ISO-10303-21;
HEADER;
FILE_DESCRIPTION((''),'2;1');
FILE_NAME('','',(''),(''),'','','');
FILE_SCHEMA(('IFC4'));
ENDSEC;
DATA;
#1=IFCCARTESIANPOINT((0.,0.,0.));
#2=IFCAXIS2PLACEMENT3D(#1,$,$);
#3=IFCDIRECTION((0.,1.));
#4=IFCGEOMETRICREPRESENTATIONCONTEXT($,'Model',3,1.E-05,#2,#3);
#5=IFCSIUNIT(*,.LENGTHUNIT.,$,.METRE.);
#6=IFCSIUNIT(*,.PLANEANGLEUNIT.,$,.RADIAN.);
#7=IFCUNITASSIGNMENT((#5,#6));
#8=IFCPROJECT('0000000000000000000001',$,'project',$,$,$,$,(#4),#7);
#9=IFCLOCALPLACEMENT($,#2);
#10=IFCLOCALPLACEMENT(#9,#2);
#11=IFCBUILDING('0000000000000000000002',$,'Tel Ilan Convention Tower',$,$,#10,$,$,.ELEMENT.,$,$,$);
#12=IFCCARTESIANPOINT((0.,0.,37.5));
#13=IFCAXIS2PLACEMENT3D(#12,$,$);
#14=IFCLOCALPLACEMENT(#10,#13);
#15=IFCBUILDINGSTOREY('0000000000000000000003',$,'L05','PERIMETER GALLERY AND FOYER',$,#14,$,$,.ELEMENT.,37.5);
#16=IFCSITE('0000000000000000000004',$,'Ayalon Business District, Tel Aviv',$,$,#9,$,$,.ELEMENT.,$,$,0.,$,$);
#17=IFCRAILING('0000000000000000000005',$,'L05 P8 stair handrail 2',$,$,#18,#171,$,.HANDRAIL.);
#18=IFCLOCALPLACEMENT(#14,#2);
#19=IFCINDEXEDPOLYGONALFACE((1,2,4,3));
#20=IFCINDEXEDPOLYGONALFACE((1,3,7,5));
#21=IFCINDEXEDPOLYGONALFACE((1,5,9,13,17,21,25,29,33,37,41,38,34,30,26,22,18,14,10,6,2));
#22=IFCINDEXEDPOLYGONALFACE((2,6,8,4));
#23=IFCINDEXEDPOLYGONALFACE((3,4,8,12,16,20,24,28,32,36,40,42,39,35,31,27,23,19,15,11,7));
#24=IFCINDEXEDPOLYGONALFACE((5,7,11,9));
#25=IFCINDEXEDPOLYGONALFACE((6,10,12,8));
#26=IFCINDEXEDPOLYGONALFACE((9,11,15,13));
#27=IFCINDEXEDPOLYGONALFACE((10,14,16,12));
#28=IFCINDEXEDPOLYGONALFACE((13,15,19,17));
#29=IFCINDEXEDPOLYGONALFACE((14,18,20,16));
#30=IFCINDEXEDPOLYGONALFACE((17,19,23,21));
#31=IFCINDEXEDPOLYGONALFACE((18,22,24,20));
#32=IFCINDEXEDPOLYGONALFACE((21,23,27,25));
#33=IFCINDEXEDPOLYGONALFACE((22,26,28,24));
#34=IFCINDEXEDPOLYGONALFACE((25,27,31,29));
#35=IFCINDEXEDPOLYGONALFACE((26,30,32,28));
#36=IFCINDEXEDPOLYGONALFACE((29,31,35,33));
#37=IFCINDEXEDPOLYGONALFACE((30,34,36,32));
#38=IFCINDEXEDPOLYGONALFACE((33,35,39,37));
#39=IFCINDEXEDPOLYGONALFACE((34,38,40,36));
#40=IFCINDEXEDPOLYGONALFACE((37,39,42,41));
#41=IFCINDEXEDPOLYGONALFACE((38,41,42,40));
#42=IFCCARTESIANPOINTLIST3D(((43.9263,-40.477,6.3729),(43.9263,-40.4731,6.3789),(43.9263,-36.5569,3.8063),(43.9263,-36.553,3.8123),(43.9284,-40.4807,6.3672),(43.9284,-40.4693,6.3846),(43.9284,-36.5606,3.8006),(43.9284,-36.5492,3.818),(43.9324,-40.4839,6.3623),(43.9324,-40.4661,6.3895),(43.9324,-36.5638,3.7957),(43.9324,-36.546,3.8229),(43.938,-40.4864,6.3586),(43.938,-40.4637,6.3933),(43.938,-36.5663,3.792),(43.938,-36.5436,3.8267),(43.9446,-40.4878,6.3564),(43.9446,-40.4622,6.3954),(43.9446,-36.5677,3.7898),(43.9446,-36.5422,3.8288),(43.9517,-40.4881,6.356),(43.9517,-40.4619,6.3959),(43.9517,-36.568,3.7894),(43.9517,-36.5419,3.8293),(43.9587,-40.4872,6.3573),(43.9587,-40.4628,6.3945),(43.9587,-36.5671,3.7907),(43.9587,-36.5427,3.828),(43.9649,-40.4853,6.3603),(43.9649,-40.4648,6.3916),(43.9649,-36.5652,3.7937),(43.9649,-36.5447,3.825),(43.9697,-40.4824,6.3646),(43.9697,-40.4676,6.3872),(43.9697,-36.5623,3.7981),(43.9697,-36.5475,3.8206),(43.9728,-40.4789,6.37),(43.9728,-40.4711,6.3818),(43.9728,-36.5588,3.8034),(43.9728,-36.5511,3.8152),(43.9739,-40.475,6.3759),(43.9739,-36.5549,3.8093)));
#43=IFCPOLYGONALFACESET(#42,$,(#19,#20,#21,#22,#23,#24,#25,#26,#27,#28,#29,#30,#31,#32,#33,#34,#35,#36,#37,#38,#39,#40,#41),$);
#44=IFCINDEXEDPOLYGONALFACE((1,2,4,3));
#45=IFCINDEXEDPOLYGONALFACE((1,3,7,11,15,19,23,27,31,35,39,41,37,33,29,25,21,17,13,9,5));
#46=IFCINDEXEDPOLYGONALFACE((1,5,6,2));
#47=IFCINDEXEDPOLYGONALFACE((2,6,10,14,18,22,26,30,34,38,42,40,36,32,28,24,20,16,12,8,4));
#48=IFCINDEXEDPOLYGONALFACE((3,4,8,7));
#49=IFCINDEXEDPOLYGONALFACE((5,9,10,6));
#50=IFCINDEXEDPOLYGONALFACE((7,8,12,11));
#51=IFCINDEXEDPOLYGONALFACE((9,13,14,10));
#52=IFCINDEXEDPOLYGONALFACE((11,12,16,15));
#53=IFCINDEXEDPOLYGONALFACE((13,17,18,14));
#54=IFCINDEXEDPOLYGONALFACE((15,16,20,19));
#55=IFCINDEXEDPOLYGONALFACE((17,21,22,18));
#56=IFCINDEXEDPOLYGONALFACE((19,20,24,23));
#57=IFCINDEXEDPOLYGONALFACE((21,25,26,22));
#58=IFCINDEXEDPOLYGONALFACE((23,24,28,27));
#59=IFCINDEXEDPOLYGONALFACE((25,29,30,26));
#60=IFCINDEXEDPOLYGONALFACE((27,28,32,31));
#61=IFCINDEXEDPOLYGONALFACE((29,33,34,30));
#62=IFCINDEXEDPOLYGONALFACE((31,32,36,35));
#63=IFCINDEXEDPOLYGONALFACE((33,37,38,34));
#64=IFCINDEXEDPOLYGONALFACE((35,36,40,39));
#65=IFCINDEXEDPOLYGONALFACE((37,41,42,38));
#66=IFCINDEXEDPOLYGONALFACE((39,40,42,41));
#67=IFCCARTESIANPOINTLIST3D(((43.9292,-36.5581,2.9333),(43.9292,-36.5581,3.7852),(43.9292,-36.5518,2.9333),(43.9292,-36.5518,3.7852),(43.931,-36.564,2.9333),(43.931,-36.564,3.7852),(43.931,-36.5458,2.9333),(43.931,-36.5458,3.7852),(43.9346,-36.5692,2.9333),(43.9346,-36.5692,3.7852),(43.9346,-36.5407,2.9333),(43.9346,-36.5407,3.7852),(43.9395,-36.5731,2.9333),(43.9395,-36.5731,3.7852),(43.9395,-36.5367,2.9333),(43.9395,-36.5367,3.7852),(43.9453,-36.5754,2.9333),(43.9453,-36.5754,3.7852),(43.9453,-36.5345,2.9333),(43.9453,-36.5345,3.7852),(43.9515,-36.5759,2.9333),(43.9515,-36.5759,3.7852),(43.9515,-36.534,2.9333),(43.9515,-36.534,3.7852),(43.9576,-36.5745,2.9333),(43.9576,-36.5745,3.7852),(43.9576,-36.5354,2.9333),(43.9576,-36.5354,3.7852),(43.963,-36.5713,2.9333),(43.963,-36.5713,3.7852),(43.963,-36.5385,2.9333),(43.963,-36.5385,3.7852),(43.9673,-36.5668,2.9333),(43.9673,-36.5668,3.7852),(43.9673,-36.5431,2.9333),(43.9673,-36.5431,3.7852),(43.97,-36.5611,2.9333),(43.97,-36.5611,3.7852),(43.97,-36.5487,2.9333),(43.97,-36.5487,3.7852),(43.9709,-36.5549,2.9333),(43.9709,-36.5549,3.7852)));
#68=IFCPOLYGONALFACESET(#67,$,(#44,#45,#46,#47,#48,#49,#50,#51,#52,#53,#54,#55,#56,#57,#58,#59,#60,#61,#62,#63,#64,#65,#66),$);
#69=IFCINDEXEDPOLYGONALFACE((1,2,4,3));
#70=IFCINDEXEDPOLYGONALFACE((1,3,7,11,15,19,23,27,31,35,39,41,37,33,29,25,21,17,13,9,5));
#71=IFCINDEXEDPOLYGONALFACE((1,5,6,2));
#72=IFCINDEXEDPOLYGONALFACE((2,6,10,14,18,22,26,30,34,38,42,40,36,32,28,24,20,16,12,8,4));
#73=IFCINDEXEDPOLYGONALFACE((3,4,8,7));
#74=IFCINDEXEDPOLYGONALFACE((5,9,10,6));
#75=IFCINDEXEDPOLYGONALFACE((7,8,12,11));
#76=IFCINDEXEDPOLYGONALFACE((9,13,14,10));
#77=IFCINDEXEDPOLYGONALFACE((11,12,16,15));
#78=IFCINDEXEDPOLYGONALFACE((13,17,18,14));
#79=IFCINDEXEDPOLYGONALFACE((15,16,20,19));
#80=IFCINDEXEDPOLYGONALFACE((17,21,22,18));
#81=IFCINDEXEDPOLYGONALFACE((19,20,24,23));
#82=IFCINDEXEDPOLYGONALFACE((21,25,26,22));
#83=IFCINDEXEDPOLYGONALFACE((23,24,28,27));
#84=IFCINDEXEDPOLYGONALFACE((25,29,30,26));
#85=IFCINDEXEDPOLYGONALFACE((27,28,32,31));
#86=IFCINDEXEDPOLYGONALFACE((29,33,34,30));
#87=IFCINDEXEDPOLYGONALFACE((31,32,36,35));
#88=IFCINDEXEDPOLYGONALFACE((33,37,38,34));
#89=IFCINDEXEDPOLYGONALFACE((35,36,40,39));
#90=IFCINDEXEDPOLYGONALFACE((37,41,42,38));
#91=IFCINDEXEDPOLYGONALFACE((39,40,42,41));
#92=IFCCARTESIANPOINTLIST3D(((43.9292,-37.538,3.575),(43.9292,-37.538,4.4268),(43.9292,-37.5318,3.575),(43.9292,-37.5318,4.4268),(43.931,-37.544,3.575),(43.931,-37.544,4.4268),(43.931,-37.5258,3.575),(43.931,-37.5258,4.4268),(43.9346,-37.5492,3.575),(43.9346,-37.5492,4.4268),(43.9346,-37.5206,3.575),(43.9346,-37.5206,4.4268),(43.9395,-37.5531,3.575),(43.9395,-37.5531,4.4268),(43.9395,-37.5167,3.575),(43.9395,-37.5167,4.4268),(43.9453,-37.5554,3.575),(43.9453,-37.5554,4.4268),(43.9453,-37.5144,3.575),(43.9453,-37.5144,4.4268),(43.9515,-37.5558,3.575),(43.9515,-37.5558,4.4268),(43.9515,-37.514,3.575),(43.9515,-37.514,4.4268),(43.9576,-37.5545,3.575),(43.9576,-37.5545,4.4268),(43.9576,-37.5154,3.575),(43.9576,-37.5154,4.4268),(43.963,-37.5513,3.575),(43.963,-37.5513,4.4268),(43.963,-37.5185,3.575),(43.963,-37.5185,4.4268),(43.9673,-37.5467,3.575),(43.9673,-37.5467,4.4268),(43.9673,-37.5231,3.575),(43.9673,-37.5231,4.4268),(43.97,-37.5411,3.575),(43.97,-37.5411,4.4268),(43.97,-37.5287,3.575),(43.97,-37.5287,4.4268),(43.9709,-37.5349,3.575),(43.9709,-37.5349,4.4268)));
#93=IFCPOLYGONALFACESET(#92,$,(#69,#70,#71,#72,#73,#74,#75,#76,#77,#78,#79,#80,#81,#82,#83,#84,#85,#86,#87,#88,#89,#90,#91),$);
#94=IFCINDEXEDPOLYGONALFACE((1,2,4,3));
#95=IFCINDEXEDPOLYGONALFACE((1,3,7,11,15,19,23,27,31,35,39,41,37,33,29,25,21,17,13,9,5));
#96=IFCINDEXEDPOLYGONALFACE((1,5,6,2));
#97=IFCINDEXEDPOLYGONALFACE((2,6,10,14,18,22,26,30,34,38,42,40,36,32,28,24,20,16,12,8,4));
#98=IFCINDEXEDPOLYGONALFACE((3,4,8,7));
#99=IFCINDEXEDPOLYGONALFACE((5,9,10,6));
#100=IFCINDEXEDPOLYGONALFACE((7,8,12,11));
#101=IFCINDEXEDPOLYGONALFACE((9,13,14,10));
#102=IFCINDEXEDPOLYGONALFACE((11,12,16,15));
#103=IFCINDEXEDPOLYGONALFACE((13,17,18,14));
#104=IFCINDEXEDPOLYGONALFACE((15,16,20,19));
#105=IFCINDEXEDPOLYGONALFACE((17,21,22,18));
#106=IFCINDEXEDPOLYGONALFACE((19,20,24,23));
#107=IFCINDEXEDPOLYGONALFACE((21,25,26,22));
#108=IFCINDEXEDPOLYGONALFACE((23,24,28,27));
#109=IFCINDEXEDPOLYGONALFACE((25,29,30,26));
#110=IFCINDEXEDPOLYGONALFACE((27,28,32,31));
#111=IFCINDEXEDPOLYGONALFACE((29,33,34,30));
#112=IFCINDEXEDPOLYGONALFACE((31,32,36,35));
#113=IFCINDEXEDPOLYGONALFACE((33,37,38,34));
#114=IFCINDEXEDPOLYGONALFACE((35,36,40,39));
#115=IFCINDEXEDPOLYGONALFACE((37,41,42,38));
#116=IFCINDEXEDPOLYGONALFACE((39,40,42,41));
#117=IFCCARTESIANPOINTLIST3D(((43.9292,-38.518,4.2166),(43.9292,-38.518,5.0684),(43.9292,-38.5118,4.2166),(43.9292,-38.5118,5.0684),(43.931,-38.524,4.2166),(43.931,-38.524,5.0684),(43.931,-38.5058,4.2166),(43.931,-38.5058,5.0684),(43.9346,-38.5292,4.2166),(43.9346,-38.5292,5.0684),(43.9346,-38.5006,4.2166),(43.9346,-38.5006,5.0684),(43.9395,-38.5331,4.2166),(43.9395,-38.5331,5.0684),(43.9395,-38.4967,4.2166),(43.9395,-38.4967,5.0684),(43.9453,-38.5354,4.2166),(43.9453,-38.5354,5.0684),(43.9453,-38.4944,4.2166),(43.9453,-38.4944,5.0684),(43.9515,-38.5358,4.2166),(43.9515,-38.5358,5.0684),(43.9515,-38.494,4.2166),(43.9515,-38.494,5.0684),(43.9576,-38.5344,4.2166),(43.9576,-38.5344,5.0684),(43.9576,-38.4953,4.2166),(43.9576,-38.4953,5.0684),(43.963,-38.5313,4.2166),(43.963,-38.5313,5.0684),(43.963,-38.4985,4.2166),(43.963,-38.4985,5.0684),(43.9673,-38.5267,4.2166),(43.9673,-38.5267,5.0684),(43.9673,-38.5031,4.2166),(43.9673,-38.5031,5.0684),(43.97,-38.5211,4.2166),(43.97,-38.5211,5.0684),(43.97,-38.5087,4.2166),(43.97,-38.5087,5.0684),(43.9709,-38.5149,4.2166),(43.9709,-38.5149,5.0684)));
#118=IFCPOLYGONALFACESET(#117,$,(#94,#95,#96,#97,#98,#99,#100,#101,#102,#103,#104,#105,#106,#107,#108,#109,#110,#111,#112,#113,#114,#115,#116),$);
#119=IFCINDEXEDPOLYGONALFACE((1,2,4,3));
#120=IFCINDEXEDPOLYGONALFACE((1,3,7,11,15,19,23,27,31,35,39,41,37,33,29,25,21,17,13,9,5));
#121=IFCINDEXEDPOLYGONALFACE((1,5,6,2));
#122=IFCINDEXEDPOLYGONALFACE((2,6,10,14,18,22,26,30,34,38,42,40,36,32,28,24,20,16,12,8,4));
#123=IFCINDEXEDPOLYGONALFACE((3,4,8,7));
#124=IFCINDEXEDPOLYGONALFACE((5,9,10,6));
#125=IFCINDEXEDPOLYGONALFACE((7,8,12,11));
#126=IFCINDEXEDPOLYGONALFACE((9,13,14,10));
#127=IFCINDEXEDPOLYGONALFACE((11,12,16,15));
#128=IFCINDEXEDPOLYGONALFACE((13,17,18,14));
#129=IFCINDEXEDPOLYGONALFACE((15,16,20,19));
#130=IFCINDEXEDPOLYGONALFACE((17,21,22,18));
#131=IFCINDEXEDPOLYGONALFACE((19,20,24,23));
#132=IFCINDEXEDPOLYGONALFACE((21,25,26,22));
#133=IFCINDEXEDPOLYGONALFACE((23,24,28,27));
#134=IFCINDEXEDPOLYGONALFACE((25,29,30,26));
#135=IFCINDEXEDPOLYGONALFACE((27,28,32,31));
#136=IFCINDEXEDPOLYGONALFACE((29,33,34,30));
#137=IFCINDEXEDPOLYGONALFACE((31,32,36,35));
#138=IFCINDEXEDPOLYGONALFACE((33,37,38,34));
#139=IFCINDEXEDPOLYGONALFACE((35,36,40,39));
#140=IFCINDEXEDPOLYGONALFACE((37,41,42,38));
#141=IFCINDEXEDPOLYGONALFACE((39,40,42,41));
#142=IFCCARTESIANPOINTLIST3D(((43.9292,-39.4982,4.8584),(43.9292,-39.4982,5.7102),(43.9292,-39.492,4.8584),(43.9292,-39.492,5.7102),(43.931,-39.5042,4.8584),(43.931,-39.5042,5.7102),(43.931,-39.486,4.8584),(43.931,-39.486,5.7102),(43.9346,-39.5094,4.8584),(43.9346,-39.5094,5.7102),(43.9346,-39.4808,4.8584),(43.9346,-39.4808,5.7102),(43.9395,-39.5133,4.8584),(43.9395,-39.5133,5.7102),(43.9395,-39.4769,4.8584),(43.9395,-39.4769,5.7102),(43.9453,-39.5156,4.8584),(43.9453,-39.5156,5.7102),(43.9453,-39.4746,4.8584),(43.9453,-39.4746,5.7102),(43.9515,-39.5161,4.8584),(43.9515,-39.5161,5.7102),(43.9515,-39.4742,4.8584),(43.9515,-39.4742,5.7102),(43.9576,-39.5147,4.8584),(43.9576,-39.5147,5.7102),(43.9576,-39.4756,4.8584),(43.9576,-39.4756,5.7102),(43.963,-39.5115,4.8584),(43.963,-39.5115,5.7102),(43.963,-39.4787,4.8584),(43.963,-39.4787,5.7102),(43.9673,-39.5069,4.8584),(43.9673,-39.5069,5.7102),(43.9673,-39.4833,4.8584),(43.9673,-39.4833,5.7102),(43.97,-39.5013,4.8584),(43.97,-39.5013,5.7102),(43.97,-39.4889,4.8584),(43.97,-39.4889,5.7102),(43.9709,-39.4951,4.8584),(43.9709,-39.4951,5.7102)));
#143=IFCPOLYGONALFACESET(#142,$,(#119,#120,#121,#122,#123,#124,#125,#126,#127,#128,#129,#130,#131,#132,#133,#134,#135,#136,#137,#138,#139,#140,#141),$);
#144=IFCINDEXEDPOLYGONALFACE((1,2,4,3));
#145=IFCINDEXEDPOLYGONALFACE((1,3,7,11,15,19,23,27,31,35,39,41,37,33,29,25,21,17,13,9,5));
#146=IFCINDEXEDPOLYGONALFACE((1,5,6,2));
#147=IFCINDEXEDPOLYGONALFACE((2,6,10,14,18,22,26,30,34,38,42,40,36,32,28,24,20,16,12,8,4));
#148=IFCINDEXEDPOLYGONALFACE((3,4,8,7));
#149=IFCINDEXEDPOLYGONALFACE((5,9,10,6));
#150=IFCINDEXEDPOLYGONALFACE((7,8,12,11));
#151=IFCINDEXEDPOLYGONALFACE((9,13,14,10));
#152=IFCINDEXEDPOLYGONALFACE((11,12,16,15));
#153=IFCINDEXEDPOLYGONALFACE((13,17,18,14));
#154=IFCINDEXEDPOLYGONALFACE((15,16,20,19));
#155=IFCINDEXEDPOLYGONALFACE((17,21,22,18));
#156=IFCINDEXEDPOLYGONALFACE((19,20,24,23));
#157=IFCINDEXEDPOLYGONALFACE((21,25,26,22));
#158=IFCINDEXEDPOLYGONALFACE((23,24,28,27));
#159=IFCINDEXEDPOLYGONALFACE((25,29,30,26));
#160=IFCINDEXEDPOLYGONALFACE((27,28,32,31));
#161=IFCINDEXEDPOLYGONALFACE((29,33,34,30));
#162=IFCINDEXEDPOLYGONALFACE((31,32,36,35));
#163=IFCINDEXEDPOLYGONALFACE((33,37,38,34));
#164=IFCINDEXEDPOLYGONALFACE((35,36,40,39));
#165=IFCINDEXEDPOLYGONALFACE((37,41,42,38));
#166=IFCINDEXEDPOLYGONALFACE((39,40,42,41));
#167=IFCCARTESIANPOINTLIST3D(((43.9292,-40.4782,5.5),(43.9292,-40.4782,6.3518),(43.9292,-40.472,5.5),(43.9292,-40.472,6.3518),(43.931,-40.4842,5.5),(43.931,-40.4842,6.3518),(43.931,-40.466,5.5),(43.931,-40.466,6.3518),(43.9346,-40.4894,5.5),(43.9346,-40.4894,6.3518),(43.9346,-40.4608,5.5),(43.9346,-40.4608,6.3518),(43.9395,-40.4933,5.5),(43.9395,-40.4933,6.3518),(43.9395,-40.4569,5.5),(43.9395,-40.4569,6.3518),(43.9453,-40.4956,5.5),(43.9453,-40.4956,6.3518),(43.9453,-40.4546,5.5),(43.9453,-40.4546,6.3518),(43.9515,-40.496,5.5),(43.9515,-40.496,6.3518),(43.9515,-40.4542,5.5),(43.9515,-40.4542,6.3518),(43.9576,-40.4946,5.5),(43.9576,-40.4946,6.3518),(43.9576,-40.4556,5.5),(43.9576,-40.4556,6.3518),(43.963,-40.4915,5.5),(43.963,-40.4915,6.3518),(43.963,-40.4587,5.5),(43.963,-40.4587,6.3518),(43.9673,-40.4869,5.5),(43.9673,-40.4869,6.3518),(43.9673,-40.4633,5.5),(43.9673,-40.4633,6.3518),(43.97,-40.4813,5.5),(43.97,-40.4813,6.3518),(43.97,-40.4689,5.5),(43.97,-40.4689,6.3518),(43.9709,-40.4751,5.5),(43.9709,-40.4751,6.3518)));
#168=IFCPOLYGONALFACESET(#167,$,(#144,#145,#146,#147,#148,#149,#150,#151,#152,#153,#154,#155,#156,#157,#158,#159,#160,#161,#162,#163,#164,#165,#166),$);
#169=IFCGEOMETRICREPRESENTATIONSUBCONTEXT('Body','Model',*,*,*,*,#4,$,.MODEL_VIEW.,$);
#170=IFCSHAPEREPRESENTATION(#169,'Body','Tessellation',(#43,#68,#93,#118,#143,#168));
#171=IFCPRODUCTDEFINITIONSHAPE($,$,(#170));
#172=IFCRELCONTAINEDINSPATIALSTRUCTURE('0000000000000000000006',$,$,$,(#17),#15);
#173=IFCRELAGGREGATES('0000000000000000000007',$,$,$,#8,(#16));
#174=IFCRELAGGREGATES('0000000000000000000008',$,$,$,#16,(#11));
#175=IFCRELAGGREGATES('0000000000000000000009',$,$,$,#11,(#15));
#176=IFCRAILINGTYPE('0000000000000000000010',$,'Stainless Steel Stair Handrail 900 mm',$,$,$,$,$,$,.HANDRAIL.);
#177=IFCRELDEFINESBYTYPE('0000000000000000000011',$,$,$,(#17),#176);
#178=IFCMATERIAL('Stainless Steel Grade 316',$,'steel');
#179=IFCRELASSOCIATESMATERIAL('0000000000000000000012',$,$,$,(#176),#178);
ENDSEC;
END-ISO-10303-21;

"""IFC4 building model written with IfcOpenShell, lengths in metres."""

from ifc_helpers import new_model, si_unit, direction, frame, origin, origin_2d, place, context, subcontext, project, spatial, circle, extrude, material, type_object, element, save


model = new_model("IFC4")

# Units and contexts
model_context = context("Model", 3, precision=1e-05, world=origin(), true_north=direction((0.0, 1.0)))
body_context = subcontext(model_context, "Body", "Model", "MODEL_VIEW")
ifc_project = project(units=[si_unit("LENGTHUNIT", "METRE"), si_unit("PLANEANGLEUNIT", "RADIAN")], contexts=[model_context])

# Site, building, storey
site_placement = place(None, origin())
site = spatial("IfcSite", under=ifc_project, at=site_placement, Name="Ayalon Business District, Tel Aviv", CompositionType="ELEMENT", RefElevation=0.0)
building_placement = place(site_placement, origin())
building = spatial("IfcBuilding", under=site, at=building_placement, Name="Tel Ilan Convention Tower", CompositionType="ELEMENT")
storey_placement = place(building_placement, frame((0.0, 0.0, 37.5)))
storey = spatial("IfcBuildingStorey", under=building, at=storey_placement, Name="L05", Description="PERIMETER GALLERY AND FOYER", CompositionType="ELEMENT", Elevation=37.5)

# Railing
ifc_material_1 = material(Name="Stainless Steel Grade 316", Category="steel")
railing_type_1 = type_object("IfcRailingType", Name="Stainless Steel Stair Handrail 900 mm", PredefinedType="HANDRAIL", material=ifc_material_1)
railing_1_placement = place(storey_placement, frame((43.95, -36.5549, 2.9333)))
element("IfcRailing", 1, at=railing_1_placement, inside=storey, type_object=railing_type_1, Name="L05 P8 stair handrail 2", PredefinedType="HANDRAIL", context=body_context, shape_type="SweptSolid", body=[
    extrude(circle(Radius=0.0239, at=origin_2d()), frame((0.0, 0.0, 0.876), z_axis=(0.0, -0.836631, 0.547767), x_axis=(1.0, 0.0, 0.0)), (0.0, 0.0, 1.0), 4.6855),
    extrude(circle(Radius=0.021, at=origin_2d()), origin(), (0.0, 0.0, 1.0), 0.8518),
    extrude(circle(Radius=0.021, at=origin_2d()), frame((0.0, -0.98, 0.6416)), (0.0, 0.0, 1.0), 0.8518),
    extrude(circle(Radius=0.021, at=origin_2d()), frame((0.0, -1.96, 1.2832)), (0.0, 0.0, 1.0), 0.8518),
    extrude(circle(Radius=0.021, at=origin_2d()), frame((0.0, -2.9402, 1.925)), (0.0, 0.0, 1.0), 0.8518),
    extrude(circle(Radius=0.021, at=origin_2d()), frame((0.0, -3.9202, 2.5667)), (0.0, 0.0, 1.0), 0.8518),
])

save(model, "model.ifc")
